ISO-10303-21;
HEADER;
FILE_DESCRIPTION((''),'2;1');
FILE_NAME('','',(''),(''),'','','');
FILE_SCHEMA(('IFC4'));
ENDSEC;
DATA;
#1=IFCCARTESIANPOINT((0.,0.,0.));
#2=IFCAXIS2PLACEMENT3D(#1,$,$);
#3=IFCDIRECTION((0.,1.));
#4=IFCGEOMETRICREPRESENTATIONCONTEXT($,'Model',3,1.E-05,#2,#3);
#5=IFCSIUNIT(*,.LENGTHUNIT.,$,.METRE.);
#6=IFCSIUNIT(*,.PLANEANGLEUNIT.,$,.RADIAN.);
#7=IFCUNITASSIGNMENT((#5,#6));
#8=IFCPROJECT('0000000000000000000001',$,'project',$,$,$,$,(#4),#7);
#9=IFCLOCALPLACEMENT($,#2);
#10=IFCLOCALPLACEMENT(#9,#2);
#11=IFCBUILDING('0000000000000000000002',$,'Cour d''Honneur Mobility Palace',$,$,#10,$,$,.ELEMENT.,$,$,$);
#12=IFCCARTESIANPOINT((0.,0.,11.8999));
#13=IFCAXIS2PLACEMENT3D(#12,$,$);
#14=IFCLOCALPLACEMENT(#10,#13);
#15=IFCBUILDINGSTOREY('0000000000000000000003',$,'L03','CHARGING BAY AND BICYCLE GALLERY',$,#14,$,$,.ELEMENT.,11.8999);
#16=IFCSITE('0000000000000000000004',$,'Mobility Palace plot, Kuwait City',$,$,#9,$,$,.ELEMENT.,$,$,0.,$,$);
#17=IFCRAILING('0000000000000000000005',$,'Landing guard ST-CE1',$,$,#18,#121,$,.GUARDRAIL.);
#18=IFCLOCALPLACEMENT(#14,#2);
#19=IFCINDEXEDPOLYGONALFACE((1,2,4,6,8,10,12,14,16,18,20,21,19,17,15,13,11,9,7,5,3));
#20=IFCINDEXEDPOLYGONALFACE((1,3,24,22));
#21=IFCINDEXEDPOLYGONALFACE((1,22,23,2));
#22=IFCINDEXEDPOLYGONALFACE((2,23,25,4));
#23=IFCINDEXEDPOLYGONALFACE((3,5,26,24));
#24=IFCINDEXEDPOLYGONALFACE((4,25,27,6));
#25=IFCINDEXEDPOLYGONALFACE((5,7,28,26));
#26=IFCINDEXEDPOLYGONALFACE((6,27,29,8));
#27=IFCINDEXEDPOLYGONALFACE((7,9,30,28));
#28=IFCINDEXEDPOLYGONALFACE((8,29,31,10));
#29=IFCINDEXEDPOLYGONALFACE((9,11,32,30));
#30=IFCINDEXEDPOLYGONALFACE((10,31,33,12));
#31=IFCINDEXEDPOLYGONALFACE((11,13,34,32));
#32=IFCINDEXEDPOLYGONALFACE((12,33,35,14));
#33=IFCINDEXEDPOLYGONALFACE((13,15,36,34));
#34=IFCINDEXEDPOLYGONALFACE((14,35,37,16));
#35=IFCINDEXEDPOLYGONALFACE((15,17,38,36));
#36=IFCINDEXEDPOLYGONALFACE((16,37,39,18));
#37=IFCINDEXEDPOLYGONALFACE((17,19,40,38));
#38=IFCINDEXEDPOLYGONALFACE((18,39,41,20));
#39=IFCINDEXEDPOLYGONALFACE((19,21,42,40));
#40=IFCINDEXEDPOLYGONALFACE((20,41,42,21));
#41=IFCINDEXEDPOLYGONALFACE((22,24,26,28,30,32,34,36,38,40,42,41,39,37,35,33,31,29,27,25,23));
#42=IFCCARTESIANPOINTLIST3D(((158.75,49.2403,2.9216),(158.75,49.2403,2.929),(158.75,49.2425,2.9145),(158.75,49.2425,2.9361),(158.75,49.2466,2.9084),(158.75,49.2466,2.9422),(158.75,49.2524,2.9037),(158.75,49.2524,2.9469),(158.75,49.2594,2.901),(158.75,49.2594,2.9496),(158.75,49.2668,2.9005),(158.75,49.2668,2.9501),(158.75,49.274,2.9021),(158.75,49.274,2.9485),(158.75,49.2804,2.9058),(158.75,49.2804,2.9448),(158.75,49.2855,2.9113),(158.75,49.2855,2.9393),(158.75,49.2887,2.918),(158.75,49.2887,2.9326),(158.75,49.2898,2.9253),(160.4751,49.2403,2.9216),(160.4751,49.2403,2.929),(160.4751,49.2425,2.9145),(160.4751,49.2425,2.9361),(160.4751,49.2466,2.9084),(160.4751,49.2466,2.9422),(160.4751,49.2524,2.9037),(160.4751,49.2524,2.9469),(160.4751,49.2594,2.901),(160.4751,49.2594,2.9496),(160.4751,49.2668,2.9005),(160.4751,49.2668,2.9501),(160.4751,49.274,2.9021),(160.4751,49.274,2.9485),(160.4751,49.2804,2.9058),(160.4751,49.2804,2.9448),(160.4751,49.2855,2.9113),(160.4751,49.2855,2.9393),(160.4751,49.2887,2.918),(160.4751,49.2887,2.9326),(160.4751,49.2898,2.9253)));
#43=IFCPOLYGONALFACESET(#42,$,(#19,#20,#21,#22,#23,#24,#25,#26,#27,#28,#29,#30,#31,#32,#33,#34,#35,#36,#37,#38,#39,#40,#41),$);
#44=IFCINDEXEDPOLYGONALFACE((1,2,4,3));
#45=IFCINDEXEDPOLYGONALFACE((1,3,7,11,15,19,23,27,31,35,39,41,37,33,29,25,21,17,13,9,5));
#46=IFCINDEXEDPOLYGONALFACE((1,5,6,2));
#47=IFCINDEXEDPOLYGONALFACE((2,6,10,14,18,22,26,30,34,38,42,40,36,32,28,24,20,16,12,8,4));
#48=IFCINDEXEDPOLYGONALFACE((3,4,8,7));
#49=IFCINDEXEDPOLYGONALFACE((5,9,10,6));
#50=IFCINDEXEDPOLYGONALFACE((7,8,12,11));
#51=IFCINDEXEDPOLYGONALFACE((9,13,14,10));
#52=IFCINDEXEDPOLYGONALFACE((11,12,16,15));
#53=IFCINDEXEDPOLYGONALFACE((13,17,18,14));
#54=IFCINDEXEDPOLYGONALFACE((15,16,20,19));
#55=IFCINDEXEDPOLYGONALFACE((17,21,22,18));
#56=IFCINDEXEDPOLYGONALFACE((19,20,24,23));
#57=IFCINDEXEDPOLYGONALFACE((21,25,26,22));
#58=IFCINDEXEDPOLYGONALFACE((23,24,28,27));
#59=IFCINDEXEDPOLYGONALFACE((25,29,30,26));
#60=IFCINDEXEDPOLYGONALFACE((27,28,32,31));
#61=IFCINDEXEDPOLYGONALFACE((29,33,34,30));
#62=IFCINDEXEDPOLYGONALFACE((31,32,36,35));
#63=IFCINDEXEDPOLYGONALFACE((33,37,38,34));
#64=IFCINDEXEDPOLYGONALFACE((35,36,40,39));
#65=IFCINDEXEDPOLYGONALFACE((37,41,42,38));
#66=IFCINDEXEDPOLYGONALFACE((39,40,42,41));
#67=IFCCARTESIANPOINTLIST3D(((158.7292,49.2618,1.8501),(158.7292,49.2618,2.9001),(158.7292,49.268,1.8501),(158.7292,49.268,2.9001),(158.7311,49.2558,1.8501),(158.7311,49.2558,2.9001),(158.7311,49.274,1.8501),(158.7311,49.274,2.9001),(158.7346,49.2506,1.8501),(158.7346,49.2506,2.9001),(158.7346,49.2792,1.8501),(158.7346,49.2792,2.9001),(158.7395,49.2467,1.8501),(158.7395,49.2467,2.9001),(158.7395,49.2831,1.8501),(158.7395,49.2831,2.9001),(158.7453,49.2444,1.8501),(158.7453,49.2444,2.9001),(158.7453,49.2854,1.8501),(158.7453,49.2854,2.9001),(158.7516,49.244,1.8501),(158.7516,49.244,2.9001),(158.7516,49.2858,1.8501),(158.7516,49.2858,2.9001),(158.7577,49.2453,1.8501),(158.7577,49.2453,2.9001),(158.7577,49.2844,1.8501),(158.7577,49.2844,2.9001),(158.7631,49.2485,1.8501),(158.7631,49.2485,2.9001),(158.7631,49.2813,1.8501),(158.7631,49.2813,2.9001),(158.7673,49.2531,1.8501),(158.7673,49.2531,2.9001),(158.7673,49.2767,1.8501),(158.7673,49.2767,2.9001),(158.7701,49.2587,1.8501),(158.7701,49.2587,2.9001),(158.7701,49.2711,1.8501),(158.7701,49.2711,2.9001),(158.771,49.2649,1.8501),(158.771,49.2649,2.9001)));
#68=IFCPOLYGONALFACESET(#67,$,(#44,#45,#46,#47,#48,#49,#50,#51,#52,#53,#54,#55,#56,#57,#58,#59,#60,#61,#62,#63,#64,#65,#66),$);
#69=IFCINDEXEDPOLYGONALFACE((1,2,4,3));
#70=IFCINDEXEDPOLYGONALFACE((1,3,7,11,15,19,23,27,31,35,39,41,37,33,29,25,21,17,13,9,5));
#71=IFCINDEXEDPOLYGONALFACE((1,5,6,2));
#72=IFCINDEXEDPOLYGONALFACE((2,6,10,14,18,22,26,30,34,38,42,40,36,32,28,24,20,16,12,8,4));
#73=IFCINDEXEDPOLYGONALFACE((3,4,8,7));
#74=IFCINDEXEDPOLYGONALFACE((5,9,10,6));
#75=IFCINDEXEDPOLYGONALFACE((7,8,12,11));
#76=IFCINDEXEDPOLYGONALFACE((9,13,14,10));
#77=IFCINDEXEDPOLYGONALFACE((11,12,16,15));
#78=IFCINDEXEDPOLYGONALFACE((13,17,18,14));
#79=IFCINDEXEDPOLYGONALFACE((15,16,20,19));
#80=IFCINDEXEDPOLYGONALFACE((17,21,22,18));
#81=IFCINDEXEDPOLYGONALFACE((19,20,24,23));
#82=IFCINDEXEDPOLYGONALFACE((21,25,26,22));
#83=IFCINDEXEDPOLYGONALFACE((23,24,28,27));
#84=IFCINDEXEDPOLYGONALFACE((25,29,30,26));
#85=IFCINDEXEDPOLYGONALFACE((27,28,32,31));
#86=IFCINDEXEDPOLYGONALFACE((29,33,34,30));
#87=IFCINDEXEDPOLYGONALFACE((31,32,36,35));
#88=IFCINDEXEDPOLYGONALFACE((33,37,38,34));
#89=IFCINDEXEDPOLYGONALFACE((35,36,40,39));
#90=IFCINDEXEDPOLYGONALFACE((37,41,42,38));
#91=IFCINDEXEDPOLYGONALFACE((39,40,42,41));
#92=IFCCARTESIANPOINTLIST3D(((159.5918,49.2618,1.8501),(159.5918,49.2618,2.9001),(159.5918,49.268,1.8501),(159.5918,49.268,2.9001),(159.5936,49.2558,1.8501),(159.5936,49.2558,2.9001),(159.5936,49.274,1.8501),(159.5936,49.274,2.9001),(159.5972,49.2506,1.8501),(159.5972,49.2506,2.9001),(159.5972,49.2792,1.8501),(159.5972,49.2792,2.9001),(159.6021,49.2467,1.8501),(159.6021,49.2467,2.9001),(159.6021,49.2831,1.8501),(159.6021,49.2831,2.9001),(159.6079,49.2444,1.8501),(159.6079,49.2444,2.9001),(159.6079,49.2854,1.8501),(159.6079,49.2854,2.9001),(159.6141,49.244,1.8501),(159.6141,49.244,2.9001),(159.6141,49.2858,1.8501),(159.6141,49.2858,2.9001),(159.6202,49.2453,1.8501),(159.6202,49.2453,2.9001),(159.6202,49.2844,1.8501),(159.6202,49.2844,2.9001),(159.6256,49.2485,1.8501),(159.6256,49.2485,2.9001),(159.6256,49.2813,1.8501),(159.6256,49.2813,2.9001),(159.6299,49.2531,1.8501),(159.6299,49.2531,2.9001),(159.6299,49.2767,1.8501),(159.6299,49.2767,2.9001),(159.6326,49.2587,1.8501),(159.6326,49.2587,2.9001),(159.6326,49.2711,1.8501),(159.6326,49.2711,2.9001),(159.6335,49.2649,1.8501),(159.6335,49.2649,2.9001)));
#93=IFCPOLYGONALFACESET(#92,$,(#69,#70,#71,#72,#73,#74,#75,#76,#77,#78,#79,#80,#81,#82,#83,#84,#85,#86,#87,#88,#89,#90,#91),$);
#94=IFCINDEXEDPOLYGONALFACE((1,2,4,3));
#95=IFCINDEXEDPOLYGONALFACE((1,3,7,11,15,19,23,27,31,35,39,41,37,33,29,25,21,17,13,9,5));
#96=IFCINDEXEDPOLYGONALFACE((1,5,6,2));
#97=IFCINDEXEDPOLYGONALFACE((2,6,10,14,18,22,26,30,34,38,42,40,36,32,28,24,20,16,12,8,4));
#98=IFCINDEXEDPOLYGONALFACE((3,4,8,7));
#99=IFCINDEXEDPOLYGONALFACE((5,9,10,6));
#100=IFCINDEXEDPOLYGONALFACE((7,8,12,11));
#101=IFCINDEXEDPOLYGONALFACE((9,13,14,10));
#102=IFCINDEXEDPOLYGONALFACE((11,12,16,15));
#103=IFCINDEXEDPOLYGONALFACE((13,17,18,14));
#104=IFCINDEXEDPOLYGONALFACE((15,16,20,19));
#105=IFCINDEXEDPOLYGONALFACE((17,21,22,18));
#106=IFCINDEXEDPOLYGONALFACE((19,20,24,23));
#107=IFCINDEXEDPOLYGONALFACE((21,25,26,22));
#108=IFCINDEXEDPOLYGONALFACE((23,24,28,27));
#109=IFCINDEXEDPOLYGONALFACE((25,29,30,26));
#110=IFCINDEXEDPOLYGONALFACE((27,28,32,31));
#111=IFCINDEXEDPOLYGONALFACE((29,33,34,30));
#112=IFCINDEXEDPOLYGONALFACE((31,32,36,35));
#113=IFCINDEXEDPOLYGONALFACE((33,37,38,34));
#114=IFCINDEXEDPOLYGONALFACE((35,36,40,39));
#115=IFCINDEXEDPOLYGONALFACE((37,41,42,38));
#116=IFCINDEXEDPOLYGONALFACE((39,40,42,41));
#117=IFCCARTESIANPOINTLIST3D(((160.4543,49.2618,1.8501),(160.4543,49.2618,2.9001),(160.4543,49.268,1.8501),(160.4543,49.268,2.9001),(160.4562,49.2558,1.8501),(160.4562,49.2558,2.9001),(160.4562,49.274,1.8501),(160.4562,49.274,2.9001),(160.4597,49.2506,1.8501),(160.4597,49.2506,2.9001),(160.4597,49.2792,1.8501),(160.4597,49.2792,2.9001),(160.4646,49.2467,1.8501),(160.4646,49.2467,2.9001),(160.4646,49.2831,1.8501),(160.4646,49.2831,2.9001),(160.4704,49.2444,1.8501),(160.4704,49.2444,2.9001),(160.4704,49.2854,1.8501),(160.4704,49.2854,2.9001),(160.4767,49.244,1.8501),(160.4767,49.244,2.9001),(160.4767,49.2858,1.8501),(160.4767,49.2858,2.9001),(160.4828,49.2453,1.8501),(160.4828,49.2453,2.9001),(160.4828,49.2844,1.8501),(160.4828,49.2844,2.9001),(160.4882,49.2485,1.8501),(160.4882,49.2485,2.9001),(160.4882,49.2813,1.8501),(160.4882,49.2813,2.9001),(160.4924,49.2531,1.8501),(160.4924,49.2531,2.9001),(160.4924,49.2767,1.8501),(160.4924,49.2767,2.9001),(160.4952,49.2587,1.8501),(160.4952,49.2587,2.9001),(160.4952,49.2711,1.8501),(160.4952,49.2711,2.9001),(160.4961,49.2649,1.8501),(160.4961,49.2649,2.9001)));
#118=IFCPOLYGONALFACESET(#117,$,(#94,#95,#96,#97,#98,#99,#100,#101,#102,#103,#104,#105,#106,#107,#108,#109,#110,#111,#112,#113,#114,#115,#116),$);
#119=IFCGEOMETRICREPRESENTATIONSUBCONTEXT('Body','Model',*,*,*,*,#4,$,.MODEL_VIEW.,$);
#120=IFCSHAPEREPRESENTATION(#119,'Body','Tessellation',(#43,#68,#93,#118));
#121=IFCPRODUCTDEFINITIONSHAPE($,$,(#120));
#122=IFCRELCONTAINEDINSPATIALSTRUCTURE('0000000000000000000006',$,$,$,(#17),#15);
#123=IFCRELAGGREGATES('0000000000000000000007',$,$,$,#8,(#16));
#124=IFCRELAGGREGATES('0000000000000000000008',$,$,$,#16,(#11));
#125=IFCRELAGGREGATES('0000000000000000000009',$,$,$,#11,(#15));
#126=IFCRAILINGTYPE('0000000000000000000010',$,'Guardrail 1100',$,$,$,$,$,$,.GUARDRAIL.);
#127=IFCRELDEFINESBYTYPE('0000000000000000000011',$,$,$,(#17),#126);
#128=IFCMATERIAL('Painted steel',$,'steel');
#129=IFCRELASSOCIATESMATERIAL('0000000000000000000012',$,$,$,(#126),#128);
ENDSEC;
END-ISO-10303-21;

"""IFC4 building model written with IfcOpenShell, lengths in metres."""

from ifc_helpers import new_model, si_unit, direction, frame, origin, origin_2d, place, context, subcontext, project, spatial, circle, extrude, material, type_object, element, save


model = new_model("IFC4")

# Units and contexts
model_context = context("Model", 3, precision=1e-05, world=origin(), true_north=direction((0.0, 1.0)))
body_context = subcontext(model_context, "Body", "Model", "MODEL_VIEW")
ifc_project = project(units=[si_unit("LENGTHUNIT", "METRE"), si_unit("PLANEANGLEUNIT", "RADIAN")], contexts=[model_context])

# Site, building, storey
site_placement = place(None, origin())
site = spatial("IfcSite", under=ifc_project, at=site_placement, Name="Mobility Palace plot, Kuwait City", CompositionType="ELEMENT", RefElevation=0.0)
building_placement = place(site_placement, origin())
building = spatial("IfcBuilding", under=site, at=building_placement, Name="Cour d'Honneur Mobility Palace", CompositionType="ELEMENT")
storey_placement = place(building_placement, frame((0.0, 0.0, 11.8999)))
storey = spatial("IfcBuildingStorey", under=building, at=storey_placement, Name="L03", Description="CHARGING BAY AND BICYCLE GALLERY", CompositionType="ELEMENT", Elevation=11.8999)

# Railing
ifc_material_1 = material(Name="Painted steel", Category="steel")
railing_type_1 = type_object("IfcRailingType", Name="Guardrail 1100", PredefinedType="GUARDRAIL", material=ifc_material_1)
railing_1_placement = place(storey_placement, frame((158.75, 49.2649, 1.8501)))
element("IfcRailing", 1, at=railing_1_placement, inside=storey, type_object=railing_type_1, Name="Landing guard ST-CE1", PredefinedType="GUARDRAIL", context=body_context, shape_type="SweptSolid", body=[
    extrude(circle(Radius=0.0249, at=origin_2d()), frame((0.0, 0.0, 1.0752), z_axis=(1.0, 0.0, 0.0), x_axis=(0.0, 1.0, 0.0)), (0.0, 0.0, 1.0), 1.7251),
    extrude(circle(Radius=0.021, at=origin_2d()), origin(), (0.0, 0.0, 1.0), 1.05),
    extrude(circle(Radius=0.021, at=origin_2d()), frame((0.8625, 0.0, 0.0)), (0.0, 0.0, 1.0), 1.05),
    extrude(circle(Radius=0.021, at=origin_2d()), frame((1.7251, 0.0, 0.0)), (0.0, 0.0, 1.0), 1.05),
])

save(model, "model.ifc")
